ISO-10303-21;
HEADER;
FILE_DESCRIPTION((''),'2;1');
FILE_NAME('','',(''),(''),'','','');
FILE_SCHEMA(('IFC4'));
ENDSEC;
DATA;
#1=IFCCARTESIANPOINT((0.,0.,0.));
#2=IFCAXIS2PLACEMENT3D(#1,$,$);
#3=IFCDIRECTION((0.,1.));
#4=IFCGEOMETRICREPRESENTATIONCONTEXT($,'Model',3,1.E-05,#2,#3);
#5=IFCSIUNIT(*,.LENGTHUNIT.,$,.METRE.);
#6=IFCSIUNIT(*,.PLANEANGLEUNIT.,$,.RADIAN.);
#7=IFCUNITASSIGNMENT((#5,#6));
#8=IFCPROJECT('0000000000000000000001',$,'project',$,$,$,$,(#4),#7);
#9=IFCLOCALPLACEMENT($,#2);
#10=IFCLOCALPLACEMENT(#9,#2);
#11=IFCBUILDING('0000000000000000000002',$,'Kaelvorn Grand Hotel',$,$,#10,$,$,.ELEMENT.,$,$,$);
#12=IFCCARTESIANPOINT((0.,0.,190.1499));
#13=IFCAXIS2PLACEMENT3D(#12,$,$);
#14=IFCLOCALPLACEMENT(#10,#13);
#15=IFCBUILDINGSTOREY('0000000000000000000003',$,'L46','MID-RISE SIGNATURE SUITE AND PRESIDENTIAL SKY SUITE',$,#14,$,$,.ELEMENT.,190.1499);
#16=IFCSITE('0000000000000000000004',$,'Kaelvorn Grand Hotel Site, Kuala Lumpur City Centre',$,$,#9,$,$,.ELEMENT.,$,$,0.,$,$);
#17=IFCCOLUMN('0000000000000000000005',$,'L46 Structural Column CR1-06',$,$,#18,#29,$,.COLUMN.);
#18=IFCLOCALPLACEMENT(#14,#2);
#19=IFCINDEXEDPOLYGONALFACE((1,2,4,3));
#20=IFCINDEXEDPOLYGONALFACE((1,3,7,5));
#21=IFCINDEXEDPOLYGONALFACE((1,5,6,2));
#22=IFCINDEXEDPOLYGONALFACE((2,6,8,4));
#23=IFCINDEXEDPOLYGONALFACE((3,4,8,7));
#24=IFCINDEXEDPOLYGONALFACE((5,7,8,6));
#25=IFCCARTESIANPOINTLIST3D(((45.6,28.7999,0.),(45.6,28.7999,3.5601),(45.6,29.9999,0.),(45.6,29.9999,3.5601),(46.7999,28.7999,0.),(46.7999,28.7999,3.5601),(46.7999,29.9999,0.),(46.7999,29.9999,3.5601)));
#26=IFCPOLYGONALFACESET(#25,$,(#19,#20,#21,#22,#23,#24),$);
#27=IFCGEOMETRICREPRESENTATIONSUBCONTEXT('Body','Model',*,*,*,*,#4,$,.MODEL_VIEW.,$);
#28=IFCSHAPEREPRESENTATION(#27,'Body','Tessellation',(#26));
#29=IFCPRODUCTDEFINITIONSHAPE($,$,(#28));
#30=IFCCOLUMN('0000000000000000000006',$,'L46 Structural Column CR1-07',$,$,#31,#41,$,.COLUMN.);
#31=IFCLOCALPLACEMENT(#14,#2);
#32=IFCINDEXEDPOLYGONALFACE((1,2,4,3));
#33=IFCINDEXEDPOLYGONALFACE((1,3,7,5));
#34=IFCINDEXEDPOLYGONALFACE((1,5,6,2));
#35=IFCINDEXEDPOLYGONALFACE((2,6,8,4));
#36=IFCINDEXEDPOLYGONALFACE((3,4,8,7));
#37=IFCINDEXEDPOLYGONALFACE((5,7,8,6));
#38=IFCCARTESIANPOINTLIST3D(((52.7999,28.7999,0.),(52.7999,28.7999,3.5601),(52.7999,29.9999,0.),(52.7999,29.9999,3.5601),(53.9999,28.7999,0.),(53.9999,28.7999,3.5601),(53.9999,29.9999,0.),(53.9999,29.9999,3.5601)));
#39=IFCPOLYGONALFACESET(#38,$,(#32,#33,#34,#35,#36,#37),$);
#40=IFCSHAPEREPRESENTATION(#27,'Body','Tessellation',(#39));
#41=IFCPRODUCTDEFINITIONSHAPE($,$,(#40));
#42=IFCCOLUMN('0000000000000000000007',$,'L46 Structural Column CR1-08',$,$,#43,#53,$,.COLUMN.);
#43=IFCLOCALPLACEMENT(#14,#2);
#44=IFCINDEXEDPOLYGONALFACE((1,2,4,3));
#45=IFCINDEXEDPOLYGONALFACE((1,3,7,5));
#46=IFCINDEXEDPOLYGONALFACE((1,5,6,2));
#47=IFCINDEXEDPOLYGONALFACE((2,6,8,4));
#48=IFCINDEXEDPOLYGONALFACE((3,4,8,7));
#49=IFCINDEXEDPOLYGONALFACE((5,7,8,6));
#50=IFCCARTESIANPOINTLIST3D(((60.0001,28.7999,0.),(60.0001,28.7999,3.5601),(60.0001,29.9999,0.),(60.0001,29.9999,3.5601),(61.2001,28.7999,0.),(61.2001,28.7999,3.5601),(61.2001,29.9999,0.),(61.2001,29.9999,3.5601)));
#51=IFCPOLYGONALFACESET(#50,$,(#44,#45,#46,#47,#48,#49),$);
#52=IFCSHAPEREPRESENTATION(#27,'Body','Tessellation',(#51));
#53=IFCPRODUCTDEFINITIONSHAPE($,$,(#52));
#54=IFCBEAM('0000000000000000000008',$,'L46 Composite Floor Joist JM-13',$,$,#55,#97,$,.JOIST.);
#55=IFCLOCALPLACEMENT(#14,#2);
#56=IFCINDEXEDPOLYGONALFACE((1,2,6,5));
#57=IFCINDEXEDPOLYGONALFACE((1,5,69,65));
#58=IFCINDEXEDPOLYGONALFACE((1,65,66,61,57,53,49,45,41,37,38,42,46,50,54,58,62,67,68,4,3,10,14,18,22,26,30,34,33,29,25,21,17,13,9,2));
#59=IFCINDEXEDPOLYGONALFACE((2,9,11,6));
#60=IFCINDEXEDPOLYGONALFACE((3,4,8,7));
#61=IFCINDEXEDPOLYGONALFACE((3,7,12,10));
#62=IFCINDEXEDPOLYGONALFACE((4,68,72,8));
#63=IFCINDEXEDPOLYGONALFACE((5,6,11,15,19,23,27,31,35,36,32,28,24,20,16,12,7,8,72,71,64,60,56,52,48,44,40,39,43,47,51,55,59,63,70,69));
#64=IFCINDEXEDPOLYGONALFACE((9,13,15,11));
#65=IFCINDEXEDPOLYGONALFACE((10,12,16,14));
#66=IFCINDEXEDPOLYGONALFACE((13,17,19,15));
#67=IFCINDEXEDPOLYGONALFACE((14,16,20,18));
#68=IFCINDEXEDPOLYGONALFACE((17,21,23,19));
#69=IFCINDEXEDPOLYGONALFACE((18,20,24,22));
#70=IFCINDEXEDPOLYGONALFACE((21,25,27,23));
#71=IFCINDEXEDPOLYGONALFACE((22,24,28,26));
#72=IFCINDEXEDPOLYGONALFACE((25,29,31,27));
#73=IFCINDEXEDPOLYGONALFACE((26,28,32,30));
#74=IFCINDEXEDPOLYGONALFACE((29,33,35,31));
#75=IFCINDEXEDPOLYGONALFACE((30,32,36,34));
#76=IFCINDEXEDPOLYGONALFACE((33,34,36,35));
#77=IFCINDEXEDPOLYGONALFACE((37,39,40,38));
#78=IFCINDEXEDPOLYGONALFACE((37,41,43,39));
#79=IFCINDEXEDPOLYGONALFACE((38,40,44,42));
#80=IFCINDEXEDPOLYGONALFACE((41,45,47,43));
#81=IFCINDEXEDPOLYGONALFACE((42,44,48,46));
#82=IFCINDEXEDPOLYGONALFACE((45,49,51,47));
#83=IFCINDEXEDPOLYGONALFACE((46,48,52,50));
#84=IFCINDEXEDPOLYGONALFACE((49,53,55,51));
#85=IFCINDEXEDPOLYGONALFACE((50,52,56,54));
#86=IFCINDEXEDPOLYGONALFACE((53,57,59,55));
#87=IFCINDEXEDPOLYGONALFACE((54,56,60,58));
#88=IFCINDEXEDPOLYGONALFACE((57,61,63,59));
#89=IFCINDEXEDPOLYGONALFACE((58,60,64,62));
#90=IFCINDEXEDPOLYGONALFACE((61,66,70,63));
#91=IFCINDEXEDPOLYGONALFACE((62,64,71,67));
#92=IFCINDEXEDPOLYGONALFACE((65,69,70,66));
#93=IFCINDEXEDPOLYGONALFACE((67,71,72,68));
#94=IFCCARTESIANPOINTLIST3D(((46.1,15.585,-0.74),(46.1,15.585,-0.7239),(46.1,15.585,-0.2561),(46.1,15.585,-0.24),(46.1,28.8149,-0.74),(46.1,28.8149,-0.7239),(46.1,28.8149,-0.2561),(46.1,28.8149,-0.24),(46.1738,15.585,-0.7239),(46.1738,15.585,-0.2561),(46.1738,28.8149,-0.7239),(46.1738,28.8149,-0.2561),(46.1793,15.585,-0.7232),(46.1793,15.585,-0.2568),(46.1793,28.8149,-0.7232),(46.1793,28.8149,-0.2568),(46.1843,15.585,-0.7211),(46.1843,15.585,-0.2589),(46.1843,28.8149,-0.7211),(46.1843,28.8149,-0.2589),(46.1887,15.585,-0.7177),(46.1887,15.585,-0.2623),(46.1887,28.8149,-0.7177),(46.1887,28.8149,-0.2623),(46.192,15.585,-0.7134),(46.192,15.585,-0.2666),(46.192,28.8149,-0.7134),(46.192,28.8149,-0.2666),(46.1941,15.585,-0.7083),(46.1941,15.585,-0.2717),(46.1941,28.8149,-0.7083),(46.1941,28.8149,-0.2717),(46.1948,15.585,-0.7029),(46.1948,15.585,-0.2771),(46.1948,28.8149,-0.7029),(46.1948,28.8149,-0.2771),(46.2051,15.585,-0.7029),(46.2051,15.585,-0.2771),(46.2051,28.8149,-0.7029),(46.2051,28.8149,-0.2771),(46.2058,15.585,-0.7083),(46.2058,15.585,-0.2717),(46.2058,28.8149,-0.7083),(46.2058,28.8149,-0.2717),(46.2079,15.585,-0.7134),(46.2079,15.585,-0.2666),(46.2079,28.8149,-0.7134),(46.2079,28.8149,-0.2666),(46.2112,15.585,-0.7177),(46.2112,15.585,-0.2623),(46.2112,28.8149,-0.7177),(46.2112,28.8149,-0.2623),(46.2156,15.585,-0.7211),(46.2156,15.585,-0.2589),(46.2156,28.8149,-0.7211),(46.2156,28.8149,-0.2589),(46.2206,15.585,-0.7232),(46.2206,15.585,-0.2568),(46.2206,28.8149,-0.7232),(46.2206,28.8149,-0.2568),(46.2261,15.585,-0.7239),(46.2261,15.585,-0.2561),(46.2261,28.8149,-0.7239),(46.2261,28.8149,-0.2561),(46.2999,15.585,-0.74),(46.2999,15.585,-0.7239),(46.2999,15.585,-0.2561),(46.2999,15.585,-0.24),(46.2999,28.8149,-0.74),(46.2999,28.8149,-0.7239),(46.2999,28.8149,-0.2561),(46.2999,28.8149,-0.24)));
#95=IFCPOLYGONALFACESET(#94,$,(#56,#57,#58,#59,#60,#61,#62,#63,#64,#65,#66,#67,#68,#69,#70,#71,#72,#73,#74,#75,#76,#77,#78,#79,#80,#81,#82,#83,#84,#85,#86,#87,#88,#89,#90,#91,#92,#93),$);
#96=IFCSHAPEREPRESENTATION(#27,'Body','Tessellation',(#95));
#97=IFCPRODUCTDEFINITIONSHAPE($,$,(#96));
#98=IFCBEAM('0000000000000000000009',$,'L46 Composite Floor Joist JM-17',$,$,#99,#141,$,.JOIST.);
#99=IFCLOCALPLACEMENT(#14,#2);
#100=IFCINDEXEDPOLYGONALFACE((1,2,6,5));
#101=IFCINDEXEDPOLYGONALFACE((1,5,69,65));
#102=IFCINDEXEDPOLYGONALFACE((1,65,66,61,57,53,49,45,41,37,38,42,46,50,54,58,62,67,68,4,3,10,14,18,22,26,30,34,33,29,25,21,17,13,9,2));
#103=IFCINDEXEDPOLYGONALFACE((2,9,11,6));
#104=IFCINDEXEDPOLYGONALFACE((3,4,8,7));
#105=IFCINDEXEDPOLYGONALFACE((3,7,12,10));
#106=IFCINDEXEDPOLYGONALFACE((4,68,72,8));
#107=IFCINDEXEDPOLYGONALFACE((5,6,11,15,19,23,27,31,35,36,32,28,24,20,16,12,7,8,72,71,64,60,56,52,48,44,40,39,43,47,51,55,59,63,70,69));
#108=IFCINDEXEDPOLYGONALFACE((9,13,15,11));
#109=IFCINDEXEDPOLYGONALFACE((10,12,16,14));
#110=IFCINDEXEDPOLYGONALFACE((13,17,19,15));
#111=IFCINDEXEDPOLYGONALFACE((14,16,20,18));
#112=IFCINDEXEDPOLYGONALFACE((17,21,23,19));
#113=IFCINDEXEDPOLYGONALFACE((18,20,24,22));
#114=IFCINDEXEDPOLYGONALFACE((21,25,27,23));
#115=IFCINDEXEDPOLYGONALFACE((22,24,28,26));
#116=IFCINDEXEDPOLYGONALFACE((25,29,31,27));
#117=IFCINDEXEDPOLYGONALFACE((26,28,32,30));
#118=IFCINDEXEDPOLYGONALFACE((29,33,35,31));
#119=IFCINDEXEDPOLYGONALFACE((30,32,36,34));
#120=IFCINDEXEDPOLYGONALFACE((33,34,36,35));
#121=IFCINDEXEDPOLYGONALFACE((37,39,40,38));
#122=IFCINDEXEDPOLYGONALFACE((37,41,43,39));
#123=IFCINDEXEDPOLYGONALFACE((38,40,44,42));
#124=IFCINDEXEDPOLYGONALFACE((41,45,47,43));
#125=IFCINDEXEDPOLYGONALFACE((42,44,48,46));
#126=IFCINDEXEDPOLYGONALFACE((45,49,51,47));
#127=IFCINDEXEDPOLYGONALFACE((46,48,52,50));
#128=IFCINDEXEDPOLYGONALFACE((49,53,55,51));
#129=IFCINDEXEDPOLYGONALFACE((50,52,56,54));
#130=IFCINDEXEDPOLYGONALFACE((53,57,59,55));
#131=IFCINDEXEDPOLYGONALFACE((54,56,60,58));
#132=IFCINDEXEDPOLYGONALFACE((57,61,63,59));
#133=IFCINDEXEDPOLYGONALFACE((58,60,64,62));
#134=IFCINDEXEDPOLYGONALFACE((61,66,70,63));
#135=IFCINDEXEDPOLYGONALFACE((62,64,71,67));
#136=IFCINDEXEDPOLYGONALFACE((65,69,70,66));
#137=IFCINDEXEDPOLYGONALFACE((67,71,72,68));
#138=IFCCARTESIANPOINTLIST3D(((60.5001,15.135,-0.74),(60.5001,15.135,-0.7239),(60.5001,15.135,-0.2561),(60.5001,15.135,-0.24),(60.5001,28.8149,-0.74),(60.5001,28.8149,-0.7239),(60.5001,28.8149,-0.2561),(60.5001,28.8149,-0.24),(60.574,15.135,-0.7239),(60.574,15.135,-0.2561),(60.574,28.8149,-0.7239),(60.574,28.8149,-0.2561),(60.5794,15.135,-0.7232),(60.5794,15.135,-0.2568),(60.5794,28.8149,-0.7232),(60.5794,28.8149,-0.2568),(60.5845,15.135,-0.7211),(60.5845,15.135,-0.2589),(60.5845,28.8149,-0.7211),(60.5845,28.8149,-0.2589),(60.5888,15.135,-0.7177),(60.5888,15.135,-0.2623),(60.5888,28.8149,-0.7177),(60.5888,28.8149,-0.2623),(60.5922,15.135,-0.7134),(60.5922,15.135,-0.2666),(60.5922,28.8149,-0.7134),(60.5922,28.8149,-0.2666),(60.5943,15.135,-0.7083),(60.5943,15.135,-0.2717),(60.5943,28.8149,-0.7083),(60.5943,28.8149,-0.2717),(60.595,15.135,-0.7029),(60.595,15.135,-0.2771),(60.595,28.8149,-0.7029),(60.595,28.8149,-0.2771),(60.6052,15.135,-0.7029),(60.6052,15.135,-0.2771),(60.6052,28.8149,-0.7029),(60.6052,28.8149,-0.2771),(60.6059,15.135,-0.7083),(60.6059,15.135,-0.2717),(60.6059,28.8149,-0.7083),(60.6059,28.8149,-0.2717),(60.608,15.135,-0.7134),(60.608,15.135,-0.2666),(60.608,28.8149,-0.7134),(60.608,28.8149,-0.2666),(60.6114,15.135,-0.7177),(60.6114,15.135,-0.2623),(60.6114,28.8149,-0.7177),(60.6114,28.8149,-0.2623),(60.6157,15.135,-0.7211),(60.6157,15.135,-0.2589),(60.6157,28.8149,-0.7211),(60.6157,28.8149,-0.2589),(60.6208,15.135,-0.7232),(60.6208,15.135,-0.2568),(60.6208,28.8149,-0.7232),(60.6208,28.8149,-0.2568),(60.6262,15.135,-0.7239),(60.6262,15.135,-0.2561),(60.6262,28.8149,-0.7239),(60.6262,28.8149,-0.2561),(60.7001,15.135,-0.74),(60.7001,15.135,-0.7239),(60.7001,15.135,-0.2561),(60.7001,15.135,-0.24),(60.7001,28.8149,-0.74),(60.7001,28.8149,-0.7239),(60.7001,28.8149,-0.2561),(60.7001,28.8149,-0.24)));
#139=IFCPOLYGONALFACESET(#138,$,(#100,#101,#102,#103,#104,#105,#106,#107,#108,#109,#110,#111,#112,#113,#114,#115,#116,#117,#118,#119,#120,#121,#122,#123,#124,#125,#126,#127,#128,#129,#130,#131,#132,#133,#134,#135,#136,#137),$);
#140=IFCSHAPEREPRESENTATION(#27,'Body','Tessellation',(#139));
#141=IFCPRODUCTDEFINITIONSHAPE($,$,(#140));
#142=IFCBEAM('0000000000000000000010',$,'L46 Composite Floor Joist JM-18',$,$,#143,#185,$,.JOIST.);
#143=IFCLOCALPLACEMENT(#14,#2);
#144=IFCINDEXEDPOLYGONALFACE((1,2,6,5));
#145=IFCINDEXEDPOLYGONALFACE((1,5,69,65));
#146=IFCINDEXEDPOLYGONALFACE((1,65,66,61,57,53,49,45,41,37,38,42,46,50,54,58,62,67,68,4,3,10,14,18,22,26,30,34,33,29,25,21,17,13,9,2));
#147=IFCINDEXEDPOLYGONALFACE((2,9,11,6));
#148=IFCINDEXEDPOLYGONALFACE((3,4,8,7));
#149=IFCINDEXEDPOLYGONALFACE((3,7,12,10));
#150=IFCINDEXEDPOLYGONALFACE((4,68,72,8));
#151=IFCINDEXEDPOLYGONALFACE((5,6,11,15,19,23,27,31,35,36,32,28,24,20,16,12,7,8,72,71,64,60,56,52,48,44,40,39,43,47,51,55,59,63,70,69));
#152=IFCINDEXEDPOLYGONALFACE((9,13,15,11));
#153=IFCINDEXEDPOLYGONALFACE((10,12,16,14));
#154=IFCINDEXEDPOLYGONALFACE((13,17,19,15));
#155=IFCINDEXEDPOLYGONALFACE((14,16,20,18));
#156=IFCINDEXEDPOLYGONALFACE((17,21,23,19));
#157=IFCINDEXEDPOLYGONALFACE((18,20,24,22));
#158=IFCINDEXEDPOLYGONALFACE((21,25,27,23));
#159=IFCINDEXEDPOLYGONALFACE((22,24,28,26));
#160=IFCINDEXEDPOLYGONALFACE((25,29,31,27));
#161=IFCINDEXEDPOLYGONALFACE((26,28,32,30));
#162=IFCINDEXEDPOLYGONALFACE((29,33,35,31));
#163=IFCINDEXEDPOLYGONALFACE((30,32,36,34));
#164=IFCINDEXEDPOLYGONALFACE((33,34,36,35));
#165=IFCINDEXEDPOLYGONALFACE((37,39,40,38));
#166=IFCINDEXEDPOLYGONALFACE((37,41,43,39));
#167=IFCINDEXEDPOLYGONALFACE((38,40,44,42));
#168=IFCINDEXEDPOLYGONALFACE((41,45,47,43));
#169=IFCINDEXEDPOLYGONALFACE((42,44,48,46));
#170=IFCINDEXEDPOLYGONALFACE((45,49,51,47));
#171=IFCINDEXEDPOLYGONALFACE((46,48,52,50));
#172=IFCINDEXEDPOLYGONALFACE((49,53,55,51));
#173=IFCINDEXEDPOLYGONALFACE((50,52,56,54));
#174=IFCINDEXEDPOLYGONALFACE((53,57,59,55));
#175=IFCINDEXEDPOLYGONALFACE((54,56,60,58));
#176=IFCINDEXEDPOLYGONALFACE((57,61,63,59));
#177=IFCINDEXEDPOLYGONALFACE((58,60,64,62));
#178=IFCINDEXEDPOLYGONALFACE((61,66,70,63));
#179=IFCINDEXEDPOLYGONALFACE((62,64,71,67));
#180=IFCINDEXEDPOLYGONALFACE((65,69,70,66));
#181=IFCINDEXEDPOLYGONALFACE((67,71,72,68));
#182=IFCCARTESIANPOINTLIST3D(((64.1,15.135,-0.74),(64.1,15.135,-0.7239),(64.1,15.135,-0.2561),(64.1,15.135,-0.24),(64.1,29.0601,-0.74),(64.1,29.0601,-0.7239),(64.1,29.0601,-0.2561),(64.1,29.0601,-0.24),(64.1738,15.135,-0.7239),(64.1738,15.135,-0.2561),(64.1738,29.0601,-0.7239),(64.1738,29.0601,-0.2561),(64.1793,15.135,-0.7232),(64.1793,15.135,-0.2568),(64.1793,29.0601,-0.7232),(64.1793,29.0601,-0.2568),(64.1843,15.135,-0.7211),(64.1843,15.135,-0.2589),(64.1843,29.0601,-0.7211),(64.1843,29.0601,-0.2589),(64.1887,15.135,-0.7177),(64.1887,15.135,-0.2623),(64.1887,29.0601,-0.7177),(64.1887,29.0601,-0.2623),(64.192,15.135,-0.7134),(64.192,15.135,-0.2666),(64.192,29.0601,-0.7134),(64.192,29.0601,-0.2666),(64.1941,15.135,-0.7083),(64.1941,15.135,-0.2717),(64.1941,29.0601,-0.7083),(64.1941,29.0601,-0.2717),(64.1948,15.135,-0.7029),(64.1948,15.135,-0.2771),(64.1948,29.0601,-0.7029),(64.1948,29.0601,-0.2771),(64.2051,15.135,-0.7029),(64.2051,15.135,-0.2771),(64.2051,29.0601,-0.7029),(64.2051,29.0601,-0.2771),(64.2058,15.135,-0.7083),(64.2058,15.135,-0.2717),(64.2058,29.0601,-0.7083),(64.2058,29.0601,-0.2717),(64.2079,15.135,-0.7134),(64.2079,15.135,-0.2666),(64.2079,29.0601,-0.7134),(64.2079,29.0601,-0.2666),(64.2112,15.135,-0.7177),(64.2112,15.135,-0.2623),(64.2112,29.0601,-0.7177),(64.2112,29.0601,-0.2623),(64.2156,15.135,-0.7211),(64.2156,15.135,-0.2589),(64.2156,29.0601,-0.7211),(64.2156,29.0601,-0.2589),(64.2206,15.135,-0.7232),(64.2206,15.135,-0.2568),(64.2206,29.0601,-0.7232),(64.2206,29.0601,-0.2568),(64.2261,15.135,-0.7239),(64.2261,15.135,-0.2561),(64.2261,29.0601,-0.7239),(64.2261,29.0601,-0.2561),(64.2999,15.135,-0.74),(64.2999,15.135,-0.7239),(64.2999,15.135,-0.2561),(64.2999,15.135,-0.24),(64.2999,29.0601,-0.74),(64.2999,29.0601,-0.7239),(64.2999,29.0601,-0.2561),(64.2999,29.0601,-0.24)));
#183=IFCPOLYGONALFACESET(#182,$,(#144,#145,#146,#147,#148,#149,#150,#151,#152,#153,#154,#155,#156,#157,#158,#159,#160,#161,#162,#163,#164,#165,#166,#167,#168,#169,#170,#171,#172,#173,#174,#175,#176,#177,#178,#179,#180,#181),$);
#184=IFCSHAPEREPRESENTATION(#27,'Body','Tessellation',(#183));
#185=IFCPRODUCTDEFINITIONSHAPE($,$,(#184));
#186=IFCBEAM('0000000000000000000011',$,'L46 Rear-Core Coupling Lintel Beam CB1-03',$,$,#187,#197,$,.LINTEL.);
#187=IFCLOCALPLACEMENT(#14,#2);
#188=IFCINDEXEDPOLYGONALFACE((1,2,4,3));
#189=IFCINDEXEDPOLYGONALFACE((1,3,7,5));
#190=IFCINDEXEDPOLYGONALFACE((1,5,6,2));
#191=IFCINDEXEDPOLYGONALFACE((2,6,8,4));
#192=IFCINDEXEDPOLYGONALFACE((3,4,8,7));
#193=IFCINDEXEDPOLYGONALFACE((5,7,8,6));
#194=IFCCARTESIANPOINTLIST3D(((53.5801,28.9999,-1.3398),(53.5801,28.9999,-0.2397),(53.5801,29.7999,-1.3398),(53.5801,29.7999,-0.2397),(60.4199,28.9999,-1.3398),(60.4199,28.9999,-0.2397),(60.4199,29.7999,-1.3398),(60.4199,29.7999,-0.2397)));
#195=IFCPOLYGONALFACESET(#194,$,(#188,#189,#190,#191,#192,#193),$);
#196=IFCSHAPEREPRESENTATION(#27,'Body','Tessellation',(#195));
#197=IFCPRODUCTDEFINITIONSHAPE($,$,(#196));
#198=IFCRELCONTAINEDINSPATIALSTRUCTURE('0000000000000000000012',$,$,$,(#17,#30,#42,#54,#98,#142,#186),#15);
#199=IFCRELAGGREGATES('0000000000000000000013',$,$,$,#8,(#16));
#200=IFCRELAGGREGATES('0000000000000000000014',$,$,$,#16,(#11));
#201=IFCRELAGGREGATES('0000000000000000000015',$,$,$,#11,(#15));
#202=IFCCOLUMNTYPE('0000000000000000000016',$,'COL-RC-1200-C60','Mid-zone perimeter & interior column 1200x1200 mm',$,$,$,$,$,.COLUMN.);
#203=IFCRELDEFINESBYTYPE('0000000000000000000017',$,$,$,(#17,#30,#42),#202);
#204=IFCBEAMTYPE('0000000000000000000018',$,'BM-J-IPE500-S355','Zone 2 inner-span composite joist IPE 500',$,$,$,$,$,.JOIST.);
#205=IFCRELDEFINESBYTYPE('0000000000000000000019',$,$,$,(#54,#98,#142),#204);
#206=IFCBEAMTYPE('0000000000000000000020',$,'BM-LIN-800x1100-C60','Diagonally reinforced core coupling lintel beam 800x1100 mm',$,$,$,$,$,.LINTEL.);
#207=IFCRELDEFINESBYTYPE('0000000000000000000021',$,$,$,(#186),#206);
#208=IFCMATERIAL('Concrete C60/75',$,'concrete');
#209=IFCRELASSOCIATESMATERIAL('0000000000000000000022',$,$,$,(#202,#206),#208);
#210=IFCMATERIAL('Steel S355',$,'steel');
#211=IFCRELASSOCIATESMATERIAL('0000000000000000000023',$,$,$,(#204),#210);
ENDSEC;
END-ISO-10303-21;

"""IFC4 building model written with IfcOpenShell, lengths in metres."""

from ifc_helpers import new_model, si_unit, direction, frame, origin, origin_2d, place, context, subcontext, project, spatial, rectangle, i_section, extrude, material, material_profile, profile_set, type_object, element, save


model = new_model("IFC4")

# Units and contexts
model_context = context("Model", 3, precision=1e-05, world=origin(), true_north=direction((0.0, 1.0)))
body_context = subcontext(model_context, "Body", "Model", "MODEL_VIEW")
ifc_project = project(units=[si_unit("LENGTHUNIT", "METRE"), si_unit("PLANEANGLEUNIT", "RADIAN")], contexts=[model_context])

# Site, building, storey
site_placement = place(None, origin())
site = spatial("IfcSite", under=ifc_project, at=site_placement, Name="Kaelvorn Grand Hotel Site, Kuala Lumpur City Centre", CompositionType="ELEMENT", RefElevation=0.0)
building_placement = place(site_placement, origin())
building = spatial("IfcBuilding", under=site, at=building_placement, Name="Kaelvorn Grand Hotel", CompositionType="ELEMENT")
storey_placement = place(building_placement, frame((0.0, 0.0, 190.1499)))
storey = spatial("IfcBuildingStorey", under=building, at=storey_placement, Name="L46", Description="MID-RISE SIGNATURE SUITE AND PRESIDENTIAL SKY SUITE", CompositionType="ELEMENT", Elevation=190.1499)

# Columns
ifc_material_1 = material(Name="Concrete C60/75", Category="concrete")
ifc_material_profile_1 = material_profile(ifc_material_1, rectangle(XDim=1.2, YDim=1.2, at=origin_2d()), Name="RC COL 1200x1200")
ifc_profile_set_1 = profile_set([ifc_material_profile_1], Name="Concrete C60/75")
column_type = type_object("IfcColumnType", Name="COL-RC-1200-C60", Description="Mid-zone perimeter & interior column 1200x1200 mm", PredefinedType="COLUMN", material=ifc_profile_set_1)
for number, where, z_axis, x_axis, name in (
    (1, (46.2, 29.3999, 0.0), (0.0, 0.0, 1.0), (1.0, 0.0, 0.0), "L46 Structural Column CR1-06"),
    (2, (53.3999, 29.3999, 0.0), (0.0, 0.0, 1.0), (1.0, 0.0, 0.0), "L46 Structural Column CR1-07"),
    (3, (60.6001, 29.3999, 0.0), (0.0, 0.0, 1.0), (1.0, 0.0, 0.0), "L46 Structural Column CR1-08"),
):
    element("IfcColumn", number, at=place(storey_placement, frame(where, z_axis=z_axis, x_axis=x_axis)), inside=storey, type_object=column_type, Name=name, PredefinedType="COLUMN", context=body_context, shape_type="SweptSolid", body=[
        extrude(rectangle(XDim=1.2, YDim=1.2, at=origin_2d()), origin(), (0.0, 0.0, 1.0), 3.5601),
    ])

# Beams
ifc_material_2 = material(Name="Steel S355", Category="steel")
ifc_material_profile_2 = material_profile(ifc_material_2, i_section(OverallWidth=0.2, OverallDepth=0.5, WebThickness=0.0103, FlangeThickness=0.0161, FilletRadius=0.021, at=origin_2d()), Name="IPE 500")
ifc_profile_set_2 = profile_set([ifc_material_profile_2], Name="Steel S355")
beam_type_1 = type_object("IfcBeamType", Name="BM-J-IPE500-S355", Description="Zone 2 inner-span composite joist IPE 500", PredefinedType="JOIST", material=ifc_profile_set_2)
beam_1_placement = place(storey_placement, frame((46.2, 15.585, -0.49), z_axis=(0.0, 1.0, 0.0), x_axis=(-1.0, 0.0, 0.0)))
element("IfcBeam", 4, at=beam_1_placement, inside=storey, type_object=beam_type_1, Name="L46 Composite Floor Joist JM-13", PredefinedType="JOIST", context=body_context, shape_type="SweptSolid", body=[
    extrude(i_section(OverallWidth=0.2, OverallDepth=0.5, WebThickness=0.0103, FlangeThickness=0.0161, FilletRadius=0.021, at=origin_2d()), origin(), (0.0, 0.0, 1.0), 13.23),
])
beam_2_placement = place(storey_placement, frame((60.6001, 15.135, -0.49), z_axis=(0.0, 1.0, 0.0), x_axis=(-1.0, 0.0, 0.0)))
element("IfcBeam", 5, at=beam_2_placement, inside=storey, type_object=beam_type_1, Name="L46 Composite Floor Joist JM-17", PredefinedType="JOIST", context=body_context, shape_type="SweptSolid", body=[
    extrude(i_section(OverallWidth=0.2, OverallDepth=0.5, WebThickness=0.0103, FlangeThickness=0.0161, FilletRadius=0.021, at=origin_2d()), origin(), (0.0, 0.0, 1.0), 13.6799),
])
beam_3_placement = place(storey_placement, frame((64.2, 15.135, -0.49), z_axis=(0.0, 1.0, 0.0), x_axis=(-1.0, 0.0, 0.0)))
element("IfcBeam", 6, at=beam_3_placement, inside=storey, type_object=beam_type_1, Name="L46 Composite Floor Joist JM-18", PredefinedType="JOIST", context=body_context, shape_type="SweptSolid", body=[
    extrude(i_section(OverallWidth=0.2, OverallDepth=0.5, WebThickness=0.0103, FlangeThickness=0.0161, FilletRadius=0.021, at=origin_2d()), origin(), (0.0, 0.0, 1.0), 13.925),
])
ifc_material_profile_3 = material_profile(ifc_material_1, rectangle(XDim=0.8, YDim=1.1001, at=origin_2d()), Name="RC LINTEL 800x1100")
ifc_profile_set_3 = profile_set([ifc_material_profile_3], Name="Concrete C60/75")
beam_type_2 = type_object("IfcBeamType", Name="BM-LIN-800x1100-C60", Description="Diagonally reinforced core coupling lintel beam 800x1100 mm", PredefinedType="LINTEL", material=ifc_profile_set_3)
beam_4_placement = place(storey_placement, frame((53.5801, 29.3999, -0.7898), z_axis=(1.0, 0.0, 0.0), x_axis=(0.0, 1.0, 0.0)))
element("IfcBeam", 7, at=beam_4_placement, inside=storey, type_object=beam_type_2, Name="L46 Rear-Core Coupling Lintel Beam CB1-03", PredefinedType="LINTEL", context=body_context, shape_type="SweptSolid", body=[
    extrude(rectangle(XDim=0.8, YDim=1.1001, at=origin_2d()), origin(), (0.0, 0.0, 1.0), 6.8398),
])

save(model, "model.ifc")
